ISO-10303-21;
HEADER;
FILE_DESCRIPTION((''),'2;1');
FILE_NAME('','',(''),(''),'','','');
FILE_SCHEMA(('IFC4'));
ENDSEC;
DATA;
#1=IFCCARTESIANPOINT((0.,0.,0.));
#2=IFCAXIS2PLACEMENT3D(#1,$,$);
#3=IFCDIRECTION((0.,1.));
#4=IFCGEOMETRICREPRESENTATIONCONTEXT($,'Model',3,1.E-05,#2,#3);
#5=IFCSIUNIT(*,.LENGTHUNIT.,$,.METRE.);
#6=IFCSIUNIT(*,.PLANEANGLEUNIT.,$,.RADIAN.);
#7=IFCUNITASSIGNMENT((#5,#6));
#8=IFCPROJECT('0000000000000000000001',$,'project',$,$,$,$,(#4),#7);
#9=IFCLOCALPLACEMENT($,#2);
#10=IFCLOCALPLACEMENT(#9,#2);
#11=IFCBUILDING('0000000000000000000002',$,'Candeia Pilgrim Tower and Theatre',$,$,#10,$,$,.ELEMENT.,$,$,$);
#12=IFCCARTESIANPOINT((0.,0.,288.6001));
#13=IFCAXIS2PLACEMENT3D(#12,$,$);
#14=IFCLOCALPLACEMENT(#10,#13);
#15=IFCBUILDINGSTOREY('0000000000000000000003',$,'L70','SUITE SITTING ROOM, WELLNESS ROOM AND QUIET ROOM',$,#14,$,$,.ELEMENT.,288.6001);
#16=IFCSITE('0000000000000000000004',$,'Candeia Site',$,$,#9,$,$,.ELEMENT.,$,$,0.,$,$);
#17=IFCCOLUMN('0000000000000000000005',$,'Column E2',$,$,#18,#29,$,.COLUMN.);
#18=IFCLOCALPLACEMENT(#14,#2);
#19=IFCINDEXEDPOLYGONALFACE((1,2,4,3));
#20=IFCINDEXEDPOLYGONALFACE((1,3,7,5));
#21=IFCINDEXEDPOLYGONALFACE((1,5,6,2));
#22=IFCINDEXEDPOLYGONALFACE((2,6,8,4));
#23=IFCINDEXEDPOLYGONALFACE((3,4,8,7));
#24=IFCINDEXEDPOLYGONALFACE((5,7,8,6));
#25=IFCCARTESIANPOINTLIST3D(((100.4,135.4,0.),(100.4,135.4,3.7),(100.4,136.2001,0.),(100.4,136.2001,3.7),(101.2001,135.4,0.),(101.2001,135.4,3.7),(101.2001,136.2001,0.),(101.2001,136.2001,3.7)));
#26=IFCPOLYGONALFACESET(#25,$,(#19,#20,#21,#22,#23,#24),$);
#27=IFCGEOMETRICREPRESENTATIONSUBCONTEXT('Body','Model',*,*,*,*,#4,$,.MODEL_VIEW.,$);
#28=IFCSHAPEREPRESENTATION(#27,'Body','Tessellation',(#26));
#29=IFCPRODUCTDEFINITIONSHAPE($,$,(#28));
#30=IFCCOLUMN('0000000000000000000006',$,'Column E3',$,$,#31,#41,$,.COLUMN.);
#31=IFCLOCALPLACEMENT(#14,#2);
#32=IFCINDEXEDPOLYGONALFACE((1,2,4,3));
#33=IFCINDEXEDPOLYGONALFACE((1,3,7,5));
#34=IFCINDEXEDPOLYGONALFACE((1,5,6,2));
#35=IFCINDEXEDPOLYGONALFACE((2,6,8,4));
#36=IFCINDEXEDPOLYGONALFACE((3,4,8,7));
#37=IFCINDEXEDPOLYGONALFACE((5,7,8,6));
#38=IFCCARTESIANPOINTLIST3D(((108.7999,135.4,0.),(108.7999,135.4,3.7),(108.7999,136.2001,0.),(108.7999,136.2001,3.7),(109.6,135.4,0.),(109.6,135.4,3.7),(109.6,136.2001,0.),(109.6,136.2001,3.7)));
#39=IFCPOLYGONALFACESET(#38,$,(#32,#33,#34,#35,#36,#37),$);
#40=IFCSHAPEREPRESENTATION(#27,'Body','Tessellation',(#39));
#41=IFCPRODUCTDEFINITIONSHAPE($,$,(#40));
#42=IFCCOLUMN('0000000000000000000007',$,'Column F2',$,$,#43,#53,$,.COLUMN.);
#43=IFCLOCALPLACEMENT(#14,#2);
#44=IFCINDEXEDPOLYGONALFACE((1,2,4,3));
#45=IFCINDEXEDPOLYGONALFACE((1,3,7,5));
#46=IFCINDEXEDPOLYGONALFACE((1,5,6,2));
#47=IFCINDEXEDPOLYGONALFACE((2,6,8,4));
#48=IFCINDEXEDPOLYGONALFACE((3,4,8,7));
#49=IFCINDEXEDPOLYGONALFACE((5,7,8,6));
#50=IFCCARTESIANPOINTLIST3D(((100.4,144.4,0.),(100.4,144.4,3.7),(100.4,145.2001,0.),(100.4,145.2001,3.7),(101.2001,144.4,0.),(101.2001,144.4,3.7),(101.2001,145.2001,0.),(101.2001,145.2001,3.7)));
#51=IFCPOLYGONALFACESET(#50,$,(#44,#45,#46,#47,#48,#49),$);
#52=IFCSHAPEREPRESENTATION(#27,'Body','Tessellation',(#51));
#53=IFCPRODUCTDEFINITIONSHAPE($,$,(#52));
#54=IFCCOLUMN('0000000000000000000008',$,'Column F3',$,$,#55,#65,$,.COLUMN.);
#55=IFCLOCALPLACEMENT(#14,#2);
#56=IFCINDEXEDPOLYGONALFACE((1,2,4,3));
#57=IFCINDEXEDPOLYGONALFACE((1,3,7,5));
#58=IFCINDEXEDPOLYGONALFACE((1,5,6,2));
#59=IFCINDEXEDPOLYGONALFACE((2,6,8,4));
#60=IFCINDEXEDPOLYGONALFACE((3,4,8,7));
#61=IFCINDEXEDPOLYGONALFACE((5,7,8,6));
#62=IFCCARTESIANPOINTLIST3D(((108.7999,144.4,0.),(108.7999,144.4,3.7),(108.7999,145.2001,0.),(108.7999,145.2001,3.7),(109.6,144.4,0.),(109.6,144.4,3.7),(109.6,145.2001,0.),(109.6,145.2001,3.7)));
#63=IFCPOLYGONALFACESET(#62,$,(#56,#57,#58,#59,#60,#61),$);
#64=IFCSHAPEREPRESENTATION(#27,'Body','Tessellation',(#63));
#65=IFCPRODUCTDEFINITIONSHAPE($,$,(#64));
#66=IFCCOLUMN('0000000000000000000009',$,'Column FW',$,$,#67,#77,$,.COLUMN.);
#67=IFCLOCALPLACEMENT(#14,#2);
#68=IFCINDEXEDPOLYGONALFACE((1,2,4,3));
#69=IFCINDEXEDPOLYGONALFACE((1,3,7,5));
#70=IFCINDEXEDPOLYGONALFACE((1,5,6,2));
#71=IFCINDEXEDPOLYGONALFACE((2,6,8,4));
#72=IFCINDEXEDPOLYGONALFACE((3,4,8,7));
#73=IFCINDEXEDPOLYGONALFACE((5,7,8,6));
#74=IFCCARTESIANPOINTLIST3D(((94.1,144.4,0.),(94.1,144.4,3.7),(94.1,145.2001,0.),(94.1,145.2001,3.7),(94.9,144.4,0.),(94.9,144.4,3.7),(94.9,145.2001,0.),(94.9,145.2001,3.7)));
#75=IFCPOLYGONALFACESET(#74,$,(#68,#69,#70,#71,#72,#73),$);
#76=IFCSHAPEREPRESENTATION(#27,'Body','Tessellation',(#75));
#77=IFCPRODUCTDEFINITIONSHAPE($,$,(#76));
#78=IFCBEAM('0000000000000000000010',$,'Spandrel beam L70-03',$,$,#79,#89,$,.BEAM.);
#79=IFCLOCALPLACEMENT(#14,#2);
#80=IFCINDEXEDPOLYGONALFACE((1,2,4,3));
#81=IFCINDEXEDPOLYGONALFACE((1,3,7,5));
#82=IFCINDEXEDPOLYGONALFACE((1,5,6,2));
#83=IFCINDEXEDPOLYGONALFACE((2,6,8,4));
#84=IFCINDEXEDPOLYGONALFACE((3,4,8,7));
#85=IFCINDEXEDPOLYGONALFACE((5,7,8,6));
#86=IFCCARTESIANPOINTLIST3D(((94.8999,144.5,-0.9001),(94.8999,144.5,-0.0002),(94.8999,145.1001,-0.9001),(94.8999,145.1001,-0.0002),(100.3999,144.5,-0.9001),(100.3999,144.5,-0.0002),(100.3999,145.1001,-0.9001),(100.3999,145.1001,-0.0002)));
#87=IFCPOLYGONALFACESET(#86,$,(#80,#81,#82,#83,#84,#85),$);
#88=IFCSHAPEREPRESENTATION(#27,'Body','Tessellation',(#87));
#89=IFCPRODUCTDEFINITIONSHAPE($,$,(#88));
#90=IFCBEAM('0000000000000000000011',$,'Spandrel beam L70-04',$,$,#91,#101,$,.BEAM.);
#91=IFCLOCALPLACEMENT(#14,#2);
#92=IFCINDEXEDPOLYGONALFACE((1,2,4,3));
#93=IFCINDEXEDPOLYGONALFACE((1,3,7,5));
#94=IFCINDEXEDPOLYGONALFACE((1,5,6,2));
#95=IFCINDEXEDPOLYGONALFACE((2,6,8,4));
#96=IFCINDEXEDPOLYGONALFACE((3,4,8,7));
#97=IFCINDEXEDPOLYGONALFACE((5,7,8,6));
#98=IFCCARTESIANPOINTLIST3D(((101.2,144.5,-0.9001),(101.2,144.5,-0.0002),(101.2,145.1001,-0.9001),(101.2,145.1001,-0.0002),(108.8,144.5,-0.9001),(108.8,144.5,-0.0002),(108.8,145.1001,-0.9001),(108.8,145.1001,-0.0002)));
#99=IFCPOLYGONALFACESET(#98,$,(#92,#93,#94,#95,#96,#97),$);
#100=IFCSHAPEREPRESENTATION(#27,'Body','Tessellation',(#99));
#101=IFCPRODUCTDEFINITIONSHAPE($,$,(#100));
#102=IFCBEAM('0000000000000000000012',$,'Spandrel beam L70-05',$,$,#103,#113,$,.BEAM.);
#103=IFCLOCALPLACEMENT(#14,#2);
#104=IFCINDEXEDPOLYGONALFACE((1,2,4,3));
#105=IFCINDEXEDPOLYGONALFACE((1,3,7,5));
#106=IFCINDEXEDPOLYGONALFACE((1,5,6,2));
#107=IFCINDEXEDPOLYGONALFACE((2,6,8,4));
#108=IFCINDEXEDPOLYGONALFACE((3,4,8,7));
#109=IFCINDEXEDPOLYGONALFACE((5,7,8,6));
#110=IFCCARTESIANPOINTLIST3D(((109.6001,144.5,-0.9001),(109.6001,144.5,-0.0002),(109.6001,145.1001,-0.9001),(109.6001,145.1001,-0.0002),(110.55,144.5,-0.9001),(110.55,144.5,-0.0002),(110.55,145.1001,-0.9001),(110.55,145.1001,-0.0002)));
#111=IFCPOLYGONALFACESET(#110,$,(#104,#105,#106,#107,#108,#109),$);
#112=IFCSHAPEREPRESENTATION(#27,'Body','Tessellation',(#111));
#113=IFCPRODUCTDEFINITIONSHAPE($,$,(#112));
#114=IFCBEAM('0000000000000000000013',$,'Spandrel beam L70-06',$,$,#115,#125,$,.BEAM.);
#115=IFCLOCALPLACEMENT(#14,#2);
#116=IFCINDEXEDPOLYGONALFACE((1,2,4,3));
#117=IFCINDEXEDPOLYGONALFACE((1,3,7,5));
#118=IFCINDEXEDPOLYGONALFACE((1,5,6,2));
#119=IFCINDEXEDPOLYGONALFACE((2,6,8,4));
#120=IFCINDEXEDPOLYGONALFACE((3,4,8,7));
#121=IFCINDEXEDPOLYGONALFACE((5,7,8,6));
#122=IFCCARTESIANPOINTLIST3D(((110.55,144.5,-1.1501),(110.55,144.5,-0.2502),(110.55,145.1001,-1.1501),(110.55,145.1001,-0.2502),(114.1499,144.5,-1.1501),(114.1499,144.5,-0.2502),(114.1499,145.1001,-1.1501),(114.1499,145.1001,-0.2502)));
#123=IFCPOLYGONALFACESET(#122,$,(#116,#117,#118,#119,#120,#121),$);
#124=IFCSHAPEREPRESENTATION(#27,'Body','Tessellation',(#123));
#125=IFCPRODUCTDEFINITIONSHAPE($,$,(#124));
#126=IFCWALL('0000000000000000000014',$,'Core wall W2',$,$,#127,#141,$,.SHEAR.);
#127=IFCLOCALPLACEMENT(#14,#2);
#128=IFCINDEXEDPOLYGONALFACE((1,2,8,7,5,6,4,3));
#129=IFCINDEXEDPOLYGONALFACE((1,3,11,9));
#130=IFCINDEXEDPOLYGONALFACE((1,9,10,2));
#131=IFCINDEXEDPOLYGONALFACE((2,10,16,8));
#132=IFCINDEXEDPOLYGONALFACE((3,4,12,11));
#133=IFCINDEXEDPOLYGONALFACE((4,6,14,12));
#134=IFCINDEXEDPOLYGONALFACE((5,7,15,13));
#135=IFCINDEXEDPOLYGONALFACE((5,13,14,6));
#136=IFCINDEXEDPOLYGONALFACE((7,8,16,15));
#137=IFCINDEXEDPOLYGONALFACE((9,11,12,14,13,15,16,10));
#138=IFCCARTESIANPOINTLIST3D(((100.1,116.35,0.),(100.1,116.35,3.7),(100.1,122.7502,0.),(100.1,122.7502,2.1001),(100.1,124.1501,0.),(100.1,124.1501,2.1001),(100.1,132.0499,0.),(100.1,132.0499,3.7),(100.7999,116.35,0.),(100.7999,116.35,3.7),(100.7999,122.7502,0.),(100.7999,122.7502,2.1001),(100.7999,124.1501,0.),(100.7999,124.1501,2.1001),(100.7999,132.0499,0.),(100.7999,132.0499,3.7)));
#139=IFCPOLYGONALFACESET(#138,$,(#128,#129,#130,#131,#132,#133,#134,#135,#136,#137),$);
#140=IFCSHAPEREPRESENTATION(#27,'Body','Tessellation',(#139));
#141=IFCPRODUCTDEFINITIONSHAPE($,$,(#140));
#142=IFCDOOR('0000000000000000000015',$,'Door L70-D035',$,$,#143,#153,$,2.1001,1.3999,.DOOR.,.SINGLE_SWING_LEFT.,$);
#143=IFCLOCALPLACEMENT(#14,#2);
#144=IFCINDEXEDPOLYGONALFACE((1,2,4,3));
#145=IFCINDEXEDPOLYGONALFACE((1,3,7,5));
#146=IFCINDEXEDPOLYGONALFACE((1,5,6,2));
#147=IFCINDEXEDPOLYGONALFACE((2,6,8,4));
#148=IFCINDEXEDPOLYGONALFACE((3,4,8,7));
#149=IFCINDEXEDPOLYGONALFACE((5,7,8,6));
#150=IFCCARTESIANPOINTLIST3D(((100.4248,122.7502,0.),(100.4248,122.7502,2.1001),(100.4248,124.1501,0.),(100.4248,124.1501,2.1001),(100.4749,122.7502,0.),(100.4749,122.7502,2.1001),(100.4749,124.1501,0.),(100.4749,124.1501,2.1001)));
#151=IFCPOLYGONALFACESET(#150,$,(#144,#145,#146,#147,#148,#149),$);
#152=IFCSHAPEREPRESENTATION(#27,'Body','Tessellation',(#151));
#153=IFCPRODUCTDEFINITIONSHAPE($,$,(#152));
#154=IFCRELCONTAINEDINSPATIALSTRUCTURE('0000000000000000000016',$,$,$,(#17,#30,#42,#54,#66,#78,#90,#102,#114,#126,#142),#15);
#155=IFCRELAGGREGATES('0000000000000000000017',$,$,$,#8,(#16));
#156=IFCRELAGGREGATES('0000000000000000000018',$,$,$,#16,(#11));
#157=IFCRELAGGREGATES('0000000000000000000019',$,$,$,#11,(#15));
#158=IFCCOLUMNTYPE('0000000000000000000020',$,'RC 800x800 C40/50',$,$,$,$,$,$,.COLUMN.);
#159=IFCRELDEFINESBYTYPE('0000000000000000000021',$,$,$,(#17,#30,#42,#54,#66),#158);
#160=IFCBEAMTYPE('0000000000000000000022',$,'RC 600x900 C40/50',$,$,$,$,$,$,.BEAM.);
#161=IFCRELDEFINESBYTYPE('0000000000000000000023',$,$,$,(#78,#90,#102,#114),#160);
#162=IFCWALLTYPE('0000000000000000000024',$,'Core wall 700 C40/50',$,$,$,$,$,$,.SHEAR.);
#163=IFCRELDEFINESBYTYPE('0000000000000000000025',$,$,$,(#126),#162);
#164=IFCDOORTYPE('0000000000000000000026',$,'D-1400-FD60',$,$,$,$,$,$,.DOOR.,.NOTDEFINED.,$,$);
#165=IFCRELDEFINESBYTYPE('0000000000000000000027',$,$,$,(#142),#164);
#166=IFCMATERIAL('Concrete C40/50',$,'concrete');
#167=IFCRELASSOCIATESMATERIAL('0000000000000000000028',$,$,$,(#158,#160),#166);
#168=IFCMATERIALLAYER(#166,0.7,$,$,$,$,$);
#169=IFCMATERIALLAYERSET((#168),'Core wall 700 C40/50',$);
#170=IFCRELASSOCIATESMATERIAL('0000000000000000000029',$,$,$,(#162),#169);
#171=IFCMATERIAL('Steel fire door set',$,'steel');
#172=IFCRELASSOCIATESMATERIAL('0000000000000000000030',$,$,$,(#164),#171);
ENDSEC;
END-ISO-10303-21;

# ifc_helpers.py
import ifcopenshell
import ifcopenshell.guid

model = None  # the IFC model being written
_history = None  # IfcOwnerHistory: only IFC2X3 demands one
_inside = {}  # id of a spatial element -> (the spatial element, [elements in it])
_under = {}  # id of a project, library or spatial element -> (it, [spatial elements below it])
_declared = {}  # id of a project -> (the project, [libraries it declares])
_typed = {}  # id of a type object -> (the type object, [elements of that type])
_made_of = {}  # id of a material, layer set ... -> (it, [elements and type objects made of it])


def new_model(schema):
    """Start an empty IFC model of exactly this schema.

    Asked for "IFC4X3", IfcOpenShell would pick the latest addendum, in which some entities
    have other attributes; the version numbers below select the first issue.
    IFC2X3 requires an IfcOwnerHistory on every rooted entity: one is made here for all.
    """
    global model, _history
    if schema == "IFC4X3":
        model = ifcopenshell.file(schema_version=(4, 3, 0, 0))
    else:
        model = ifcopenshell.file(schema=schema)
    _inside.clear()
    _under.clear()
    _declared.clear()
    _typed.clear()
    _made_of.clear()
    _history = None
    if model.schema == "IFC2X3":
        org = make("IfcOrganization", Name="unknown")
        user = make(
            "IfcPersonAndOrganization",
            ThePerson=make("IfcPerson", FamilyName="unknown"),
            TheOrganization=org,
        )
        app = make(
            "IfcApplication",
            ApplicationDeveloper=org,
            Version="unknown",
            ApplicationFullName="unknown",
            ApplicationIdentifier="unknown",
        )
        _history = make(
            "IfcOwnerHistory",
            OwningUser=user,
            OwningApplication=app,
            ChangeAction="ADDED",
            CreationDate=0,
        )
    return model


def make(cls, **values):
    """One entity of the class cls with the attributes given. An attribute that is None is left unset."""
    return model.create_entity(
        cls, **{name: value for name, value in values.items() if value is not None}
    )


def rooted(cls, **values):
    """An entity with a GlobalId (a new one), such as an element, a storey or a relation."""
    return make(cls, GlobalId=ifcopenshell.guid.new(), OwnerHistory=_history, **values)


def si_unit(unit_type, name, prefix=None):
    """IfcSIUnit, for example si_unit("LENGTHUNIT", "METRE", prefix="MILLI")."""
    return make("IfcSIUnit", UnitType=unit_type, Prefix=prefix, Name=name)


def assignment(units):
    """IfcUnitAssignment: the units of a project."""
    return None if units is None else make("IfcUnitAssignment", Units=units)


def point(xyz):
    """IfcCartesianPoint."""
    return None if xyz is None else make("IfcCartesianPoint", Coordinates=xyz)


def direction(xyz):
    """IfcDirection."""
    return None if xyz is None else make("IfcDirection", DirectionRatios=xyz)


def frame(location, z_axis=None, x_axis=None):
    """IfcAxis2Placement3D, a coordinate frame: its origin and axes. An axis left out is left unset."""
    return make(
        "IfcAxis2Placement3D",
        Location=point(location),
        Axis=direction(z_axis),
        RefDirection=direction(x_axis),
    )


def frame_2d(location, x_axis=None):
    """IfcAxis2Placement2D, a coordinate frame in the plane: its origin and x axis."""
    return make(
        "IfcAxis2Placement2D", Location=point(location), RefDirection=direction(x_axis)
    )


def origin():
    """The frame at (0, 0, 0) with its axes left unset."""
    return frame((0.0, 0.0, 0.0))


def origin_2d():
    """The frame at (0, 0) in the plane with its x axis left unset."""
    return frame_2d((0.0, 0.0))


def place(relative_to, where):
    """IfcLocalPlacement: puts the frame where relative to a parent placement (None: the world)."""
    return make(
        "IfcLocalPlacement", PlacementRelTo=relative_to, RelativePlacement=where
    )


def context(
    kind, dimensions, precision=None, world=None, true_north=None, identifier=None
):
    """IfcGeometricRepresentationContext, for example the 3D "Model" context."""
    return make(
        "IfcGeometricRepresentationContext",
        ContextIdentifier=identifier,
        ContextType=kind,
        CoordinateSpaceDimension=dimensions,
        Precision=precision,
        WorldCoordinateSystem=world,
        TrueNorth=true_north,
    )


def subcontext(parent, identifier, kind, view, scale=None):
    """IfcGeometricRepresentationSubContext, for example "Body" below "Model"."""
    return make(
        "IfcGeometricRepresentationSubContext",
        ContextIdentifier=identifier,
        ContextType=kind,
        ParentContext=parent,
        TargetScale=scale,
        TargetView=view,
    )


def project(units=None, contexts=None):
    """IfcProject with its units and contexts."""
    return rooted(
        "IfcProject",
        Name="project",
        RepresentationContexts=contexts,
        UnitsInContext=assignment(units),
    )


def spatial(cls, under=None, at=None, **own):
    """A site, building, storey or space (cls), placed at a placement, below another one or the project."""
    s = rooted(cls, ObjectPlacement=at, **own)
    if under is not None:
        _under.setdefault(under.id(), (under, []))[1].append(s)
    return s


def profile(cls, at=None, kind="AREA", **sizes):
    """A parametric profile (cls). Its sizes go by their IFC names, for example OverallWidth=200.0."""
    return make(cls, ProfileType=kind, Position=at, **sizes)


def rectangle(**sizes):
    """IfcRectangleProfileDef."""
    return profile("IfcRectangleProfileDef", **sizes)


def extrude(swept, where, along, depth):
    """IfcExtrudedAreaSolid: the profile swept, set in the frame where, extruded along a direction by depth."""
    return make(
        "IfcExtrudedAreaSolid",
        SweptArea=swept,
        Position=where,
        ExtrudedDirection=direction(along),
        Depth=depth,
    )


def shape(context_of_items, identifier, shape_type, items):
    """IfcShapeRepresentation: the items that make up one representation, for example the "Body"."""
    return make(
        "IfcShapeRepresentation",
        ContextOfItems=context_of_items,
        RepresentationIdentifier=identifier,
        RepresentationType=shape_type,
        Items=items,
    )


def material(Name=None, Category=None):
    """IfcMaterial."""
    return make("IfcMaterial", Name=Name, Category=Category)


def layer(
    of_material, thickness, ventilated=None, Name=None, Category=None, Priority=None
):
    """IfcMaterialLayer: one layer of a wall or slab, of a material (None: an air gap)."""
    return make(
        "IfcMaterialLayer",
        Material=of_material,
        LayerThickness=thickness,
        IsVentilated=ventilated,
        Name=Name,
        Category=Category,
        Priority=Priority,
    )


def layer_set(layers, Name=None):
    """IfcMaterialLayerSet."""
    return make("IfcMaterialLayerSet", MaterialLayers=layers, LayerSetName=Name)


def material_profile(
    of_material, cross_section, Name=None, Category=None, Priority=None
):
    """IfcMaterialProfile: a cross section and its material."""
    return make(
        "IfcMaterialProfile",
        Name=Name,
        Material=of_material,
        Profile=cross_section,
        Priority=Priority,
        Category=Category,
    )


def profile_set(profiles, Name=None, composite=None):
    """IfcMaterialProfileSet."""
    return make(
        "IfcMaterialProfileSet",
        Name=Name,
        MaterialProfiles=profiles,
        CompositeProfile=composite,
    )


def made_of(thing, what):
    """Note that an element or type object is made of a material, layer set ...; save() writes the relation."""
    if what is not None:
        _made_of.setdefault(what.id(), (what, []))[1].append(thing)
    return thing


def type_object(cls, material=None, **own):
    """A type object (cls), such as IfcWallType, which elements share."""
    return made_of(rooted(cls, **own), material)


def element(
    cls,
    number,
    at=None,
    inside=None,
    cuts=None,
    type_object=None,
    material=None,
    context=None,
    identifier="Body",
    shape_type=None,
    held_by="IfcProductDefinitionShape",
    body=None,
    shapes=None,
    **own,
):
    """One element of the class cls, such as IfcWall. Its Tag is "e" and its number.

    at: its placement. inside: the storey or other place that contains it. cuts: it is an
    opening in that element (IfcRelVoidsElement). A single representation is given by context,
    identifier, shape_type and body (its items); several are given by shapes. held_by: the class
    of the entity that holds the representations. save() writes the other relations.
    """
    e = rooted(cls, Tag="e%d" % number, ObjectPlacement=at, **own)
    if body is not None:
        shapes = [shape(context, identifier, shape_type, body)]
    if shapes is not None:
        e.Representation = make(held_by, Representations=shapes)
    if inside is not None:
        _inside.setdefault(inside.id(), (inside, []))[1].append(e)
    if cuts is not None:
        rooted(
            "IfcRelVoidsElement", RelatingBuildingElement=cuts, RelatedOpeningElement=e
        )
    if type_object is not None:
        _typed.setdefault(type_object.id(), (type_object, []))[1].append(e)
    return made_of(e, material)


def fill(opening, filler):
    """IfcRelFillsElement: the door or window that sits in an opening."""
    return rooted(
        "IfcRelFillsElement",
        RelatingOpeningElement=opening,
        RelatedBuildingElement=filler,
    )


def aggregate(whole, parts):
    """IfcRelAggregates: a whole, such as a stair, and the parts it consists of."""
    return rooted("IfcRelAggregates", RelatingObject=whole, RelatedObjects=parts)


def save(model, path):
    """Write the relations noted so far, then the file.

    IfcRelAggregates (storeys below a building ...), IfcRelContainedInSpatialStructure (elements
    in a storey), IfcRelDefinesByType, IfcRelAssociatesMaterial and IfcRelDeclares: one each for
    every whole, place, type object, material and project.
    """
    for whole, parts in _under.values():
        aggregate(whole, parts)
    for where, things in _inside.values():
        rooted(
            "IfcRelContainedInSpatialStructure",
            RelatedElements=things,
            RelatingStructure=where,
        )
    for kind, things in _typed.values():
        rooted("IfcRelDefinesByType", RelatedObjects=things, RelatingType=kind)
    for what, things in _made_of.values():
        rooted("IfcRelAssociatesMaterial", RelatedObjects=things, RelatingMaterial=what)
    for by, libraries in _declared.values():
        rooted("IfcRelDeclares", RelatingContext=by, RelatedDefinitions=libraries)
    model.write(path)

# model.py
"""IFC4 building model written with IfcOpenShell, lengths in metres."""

from ifc_helpers import new_model, si_unit, direction, frame, frame_2d, origin, origin_2d, place, context, subcontext, project, spatial, rectangle, extrude, material, layer, layer_set, material_profile, profile_set, type_object, element, fill, save


model = new_model("IFC4")

# Units and contexts
model_context = context("Model", 3, precision=1e-05, world=origin(), true_north=direction((0.0, 1.0)))
body_context = subcontext(model_context, "Body", "Model", "MODEL_VIEW")
ifc_project = project(units=[si_unit("LENGTHUNIT", "METRE"), si_unit("PLANEANGLEUNIT", "RADIAN")], contexts=[model_context])

# Site, building, storey
site_placement = place(None, origin())
site = spatial("IfcSite", under=ifc_project, at=site_placement, Name="Candeia Site", CompositionType="ELEMENT", RefElevation=0.0)
building_placement = place(site_placement, origin())
building = spatial("IfcBuilding", under=site, at=building_placement, Name="Candeia Pilgrim Tower and Theatre", CompositionType="ELEMENT")
storey_placement = place(building_placement, frame((0.0, 0.0, 288.6001)))
storey = spatial("IfcBuildingStorey", under=building, at=storey_placement, Name="L70", Description="SUITE SITTING ROOM, WELLNESS ROOM AND QUIET ROOM", CompositionType="ELEMENT", Elevation=288.6001)

# Columns
ifc_material_1 = material(Name="Concrete C40/50", Category="concrete")
ifc_material_profile_1 = material_profile(ifc_material_1, rectangle(XDim=0.8, YDim=0.8, at=origin_2d()))
ifc_profile_set_1 = profile_set([ifc_material_profile_1], Name="Concrete C40/50")
column_type = type_object("IfcColumnType", Name="RC 800x800 C40/50", PredefinedType="COLUMN", material=ifc_profile_set_1)
for number, where, z_axis, x_axis, name in (
    (1, (100.8, 135.8, 0.0), (0.0, 0.0, 1.0), (1.0, 0.0, 0.0), "Column E2"),
    (2, (109.2, 135.8, 0.0), (0.0, 0.0, 1.0), (1.0, 0.0, 0.0), "Column E3"),
    (3, (100.8, 144.8, 0.0), (0.0, 0.0, 1.0), (1.0, 0.0, 0.0), "Column F2"),
    (4, (109.2, 144.8, 0.0), (0.0, 0.0, 1.0), (1.0, 0.0, 0.0), "Column F3"),
    (5, (94.5, 144.8, 0.0), (0.0, 0.0, 1.0), (1.0, 0.0, 0.0), "Column FW"),
):
    element("IfcColumn", number, at=place(storey_placement, frame(where, z_axis=z_axis, x_axis=x_axis)), inside=storey, type_object=column_type, Name=name, PredefinedType="COLUMN", context=body_context, shape_type="SweptSolid", body=[
        extrude(rectangle(XDim=0.8, YDim=0.8, at=origin_2d()), origin(), (0.0, 0.0, 1.0), 3.7),
    ])

# Beams
ifc_material_profile_2 = material_profile(ifc_material_1, rectangle(XDim=0.6001, YDim=0.8999, at=origin_2d()))
ifc_profile_set_2 = profile_set([ifc_material_profile_2], Name="Concrete C40/50")
beam_type = type_object("IfcBeamType", Name="RC 600x900 C40/50", PredefinedType="BEAM", material=ifc_profile_set_2)
beam_1_placement = place(storey_placement, frame((94.8999, 144.8, -0.4502), z_axis=(1.0, 0.0, 0.0), x_axis=(0.0, 1.0, 0.0)))
element("IfcBeam", 6, at=beam_1_placement, inside=storey, type_object=beam_type, Name="Spandrel beam L70-03", PredefinedType="BEAM", context=body_context, shape_type="SweptSolid", body=[
    extrude(rectangle(XDim=0.6001, YDim=0.8999, at=origin_2d()), origin(), (0.0, 0.0, 1.0), 5.5),
])
beam_2_placement = place(storey_placement, frame((101.2, 144.8, -0.4502), z_axis=(1.0, 0.0, 0.0), x_axis=(0.0, 1.0, 0.0)))
element("IfcBeam", 7, at=beam_2_placement, inside=storey, type_object=beam_type, Name="Spandrel beam L70-04", PredefinedType="BEAM", context=body_context, shape_type="SweptSolid", body=[
    extrude(rectangle(XDim=0.6001, YDim=0.8999, at=origin_2d()), origin(), (0.0, 0.0, 1.0), 7.6001),
])
beam_3_placement = place(storey_placement, frame((109.6001, 144.8, -0.4502), z_axis=(1.0, 0.0, 0.0), x_axis=(0.0, 1.0, 0.0)))
element("IfcBeam", 8, at=beam_3_placement, inside=storey, type_object=beam_type, Name="Spandrel beam L70-05", PredefinedType="BEAM", context=body_context, shape_type="SweptSolid", body=[
    extrude(rectangle(XDim=0.6001, YDim=0.8999, at=origin_2d()), origin(), (0.0, 0.0, 1.0), 0.95),
])
beam_4_placement = place(storey_placement, frame((110.55, 144.8, -0.7002), z_axis=(1.0, 0.0, 0.0), x_axis=(0.0, 1.0, 0.0)))
element("IfcBeam", 9, at=beam_4_placement, inside=storey, type_object=beam_type, Name="Spandrel beam L70-06", PredefinedType="BEAM", context=body_context, shape_type="SweptSolid", body=[
    extrude(rectangle(XDim=0.6001, YDim=0.8999, at=origin_2d()), origin(), (0.0, 0.0, 1.0), 3.5999),
])

# Wall, opening, door
ifc_layer_1 = layer(ifc_material_1, 0.7)
ifc_layer_set_1 = layer_set([ifc_layer_1], Name="Core wall 700 C40/50")
wall_type_1 = type_object("IfcWallType", Name="Core wall 700 C40/50", PredefinedType="SHEAR", material=ifc_layer_set_1)
wall_1_placement = place(storey_placement, frame((100.45, 132.05, 0.0), z_axis=(0.0, 0.0, 1.0), x_axis=(0.0, -1.0, 0.0)))
wall_1 = element("IfcWall", 10, at=wall_1_placement, inside=storey, type_object=wall_type_1, Name="Core wall W2", PredefinedType="SHEAR", context=body_context, shape_type="SweptSolid", body=[
    extrude(rectangle(XDim=15.7, YDim=0.7, at=frame_2d((7.8501, 0.0))), origin(), (0.0, 0.0, 1.0), 3.7),
])
opening_1_placement = place(wall_1_placement, frame((7.8999, 0.0, 0.0)))
opening_1 = element("IfcOpeningElement", 11, at=opening_1_placement, cuts=wall_1, PredefinedType="OPENING", context=body_context, shape_type="SweptSolid", body=[
    extrude(rectangle(XDim=1.3999, YDim=2.1001, at=frame_2d((0.7, 1.05))), frame((0.0, 0.3599, 0.0), z_axis=(0.0, -1.0, 0.0), x_axis=(1.0, 0.0, 0.0)), (0.0, 0.0, 1.0), 0.72),
])
ifc_material_2 = material(Name="Steel fire door set", Category="steel")
door_type_1 = type_object("IfcDoorType", Name="D-1400-FD60", OperationType="NOTDEFINED", PredefinedType="DOOR", material=ifc_material_2)
door_1_placement = place(opening_1_placement, origin())
door_1 = element("IfcDoor", 12, at=door_1_placement, inside=storey, type_object=door_type_1, Name="Door L70-D035", OperationType="SINGLE_SWING_LEFT", OverallHeight=2.1001, OverallWidth=1.3999, PredefinedType="DOOR", context=body_context, shape_type="SweptSolid", body=[
    extrude(rectangle(XDim=1.3999, YDim=2.1001, at=frame_2d((0.7, 1.05))), frame((0.0, 0.0249, 0.0), z_axis=(0.0, -1.0, 0.0), x_axis=(1.0, 0.0, 0.0)), (0.0, 0.0, 1.0), 0.05),
])
fill(opening_1, door_1)

save(model, "model.ifc")
